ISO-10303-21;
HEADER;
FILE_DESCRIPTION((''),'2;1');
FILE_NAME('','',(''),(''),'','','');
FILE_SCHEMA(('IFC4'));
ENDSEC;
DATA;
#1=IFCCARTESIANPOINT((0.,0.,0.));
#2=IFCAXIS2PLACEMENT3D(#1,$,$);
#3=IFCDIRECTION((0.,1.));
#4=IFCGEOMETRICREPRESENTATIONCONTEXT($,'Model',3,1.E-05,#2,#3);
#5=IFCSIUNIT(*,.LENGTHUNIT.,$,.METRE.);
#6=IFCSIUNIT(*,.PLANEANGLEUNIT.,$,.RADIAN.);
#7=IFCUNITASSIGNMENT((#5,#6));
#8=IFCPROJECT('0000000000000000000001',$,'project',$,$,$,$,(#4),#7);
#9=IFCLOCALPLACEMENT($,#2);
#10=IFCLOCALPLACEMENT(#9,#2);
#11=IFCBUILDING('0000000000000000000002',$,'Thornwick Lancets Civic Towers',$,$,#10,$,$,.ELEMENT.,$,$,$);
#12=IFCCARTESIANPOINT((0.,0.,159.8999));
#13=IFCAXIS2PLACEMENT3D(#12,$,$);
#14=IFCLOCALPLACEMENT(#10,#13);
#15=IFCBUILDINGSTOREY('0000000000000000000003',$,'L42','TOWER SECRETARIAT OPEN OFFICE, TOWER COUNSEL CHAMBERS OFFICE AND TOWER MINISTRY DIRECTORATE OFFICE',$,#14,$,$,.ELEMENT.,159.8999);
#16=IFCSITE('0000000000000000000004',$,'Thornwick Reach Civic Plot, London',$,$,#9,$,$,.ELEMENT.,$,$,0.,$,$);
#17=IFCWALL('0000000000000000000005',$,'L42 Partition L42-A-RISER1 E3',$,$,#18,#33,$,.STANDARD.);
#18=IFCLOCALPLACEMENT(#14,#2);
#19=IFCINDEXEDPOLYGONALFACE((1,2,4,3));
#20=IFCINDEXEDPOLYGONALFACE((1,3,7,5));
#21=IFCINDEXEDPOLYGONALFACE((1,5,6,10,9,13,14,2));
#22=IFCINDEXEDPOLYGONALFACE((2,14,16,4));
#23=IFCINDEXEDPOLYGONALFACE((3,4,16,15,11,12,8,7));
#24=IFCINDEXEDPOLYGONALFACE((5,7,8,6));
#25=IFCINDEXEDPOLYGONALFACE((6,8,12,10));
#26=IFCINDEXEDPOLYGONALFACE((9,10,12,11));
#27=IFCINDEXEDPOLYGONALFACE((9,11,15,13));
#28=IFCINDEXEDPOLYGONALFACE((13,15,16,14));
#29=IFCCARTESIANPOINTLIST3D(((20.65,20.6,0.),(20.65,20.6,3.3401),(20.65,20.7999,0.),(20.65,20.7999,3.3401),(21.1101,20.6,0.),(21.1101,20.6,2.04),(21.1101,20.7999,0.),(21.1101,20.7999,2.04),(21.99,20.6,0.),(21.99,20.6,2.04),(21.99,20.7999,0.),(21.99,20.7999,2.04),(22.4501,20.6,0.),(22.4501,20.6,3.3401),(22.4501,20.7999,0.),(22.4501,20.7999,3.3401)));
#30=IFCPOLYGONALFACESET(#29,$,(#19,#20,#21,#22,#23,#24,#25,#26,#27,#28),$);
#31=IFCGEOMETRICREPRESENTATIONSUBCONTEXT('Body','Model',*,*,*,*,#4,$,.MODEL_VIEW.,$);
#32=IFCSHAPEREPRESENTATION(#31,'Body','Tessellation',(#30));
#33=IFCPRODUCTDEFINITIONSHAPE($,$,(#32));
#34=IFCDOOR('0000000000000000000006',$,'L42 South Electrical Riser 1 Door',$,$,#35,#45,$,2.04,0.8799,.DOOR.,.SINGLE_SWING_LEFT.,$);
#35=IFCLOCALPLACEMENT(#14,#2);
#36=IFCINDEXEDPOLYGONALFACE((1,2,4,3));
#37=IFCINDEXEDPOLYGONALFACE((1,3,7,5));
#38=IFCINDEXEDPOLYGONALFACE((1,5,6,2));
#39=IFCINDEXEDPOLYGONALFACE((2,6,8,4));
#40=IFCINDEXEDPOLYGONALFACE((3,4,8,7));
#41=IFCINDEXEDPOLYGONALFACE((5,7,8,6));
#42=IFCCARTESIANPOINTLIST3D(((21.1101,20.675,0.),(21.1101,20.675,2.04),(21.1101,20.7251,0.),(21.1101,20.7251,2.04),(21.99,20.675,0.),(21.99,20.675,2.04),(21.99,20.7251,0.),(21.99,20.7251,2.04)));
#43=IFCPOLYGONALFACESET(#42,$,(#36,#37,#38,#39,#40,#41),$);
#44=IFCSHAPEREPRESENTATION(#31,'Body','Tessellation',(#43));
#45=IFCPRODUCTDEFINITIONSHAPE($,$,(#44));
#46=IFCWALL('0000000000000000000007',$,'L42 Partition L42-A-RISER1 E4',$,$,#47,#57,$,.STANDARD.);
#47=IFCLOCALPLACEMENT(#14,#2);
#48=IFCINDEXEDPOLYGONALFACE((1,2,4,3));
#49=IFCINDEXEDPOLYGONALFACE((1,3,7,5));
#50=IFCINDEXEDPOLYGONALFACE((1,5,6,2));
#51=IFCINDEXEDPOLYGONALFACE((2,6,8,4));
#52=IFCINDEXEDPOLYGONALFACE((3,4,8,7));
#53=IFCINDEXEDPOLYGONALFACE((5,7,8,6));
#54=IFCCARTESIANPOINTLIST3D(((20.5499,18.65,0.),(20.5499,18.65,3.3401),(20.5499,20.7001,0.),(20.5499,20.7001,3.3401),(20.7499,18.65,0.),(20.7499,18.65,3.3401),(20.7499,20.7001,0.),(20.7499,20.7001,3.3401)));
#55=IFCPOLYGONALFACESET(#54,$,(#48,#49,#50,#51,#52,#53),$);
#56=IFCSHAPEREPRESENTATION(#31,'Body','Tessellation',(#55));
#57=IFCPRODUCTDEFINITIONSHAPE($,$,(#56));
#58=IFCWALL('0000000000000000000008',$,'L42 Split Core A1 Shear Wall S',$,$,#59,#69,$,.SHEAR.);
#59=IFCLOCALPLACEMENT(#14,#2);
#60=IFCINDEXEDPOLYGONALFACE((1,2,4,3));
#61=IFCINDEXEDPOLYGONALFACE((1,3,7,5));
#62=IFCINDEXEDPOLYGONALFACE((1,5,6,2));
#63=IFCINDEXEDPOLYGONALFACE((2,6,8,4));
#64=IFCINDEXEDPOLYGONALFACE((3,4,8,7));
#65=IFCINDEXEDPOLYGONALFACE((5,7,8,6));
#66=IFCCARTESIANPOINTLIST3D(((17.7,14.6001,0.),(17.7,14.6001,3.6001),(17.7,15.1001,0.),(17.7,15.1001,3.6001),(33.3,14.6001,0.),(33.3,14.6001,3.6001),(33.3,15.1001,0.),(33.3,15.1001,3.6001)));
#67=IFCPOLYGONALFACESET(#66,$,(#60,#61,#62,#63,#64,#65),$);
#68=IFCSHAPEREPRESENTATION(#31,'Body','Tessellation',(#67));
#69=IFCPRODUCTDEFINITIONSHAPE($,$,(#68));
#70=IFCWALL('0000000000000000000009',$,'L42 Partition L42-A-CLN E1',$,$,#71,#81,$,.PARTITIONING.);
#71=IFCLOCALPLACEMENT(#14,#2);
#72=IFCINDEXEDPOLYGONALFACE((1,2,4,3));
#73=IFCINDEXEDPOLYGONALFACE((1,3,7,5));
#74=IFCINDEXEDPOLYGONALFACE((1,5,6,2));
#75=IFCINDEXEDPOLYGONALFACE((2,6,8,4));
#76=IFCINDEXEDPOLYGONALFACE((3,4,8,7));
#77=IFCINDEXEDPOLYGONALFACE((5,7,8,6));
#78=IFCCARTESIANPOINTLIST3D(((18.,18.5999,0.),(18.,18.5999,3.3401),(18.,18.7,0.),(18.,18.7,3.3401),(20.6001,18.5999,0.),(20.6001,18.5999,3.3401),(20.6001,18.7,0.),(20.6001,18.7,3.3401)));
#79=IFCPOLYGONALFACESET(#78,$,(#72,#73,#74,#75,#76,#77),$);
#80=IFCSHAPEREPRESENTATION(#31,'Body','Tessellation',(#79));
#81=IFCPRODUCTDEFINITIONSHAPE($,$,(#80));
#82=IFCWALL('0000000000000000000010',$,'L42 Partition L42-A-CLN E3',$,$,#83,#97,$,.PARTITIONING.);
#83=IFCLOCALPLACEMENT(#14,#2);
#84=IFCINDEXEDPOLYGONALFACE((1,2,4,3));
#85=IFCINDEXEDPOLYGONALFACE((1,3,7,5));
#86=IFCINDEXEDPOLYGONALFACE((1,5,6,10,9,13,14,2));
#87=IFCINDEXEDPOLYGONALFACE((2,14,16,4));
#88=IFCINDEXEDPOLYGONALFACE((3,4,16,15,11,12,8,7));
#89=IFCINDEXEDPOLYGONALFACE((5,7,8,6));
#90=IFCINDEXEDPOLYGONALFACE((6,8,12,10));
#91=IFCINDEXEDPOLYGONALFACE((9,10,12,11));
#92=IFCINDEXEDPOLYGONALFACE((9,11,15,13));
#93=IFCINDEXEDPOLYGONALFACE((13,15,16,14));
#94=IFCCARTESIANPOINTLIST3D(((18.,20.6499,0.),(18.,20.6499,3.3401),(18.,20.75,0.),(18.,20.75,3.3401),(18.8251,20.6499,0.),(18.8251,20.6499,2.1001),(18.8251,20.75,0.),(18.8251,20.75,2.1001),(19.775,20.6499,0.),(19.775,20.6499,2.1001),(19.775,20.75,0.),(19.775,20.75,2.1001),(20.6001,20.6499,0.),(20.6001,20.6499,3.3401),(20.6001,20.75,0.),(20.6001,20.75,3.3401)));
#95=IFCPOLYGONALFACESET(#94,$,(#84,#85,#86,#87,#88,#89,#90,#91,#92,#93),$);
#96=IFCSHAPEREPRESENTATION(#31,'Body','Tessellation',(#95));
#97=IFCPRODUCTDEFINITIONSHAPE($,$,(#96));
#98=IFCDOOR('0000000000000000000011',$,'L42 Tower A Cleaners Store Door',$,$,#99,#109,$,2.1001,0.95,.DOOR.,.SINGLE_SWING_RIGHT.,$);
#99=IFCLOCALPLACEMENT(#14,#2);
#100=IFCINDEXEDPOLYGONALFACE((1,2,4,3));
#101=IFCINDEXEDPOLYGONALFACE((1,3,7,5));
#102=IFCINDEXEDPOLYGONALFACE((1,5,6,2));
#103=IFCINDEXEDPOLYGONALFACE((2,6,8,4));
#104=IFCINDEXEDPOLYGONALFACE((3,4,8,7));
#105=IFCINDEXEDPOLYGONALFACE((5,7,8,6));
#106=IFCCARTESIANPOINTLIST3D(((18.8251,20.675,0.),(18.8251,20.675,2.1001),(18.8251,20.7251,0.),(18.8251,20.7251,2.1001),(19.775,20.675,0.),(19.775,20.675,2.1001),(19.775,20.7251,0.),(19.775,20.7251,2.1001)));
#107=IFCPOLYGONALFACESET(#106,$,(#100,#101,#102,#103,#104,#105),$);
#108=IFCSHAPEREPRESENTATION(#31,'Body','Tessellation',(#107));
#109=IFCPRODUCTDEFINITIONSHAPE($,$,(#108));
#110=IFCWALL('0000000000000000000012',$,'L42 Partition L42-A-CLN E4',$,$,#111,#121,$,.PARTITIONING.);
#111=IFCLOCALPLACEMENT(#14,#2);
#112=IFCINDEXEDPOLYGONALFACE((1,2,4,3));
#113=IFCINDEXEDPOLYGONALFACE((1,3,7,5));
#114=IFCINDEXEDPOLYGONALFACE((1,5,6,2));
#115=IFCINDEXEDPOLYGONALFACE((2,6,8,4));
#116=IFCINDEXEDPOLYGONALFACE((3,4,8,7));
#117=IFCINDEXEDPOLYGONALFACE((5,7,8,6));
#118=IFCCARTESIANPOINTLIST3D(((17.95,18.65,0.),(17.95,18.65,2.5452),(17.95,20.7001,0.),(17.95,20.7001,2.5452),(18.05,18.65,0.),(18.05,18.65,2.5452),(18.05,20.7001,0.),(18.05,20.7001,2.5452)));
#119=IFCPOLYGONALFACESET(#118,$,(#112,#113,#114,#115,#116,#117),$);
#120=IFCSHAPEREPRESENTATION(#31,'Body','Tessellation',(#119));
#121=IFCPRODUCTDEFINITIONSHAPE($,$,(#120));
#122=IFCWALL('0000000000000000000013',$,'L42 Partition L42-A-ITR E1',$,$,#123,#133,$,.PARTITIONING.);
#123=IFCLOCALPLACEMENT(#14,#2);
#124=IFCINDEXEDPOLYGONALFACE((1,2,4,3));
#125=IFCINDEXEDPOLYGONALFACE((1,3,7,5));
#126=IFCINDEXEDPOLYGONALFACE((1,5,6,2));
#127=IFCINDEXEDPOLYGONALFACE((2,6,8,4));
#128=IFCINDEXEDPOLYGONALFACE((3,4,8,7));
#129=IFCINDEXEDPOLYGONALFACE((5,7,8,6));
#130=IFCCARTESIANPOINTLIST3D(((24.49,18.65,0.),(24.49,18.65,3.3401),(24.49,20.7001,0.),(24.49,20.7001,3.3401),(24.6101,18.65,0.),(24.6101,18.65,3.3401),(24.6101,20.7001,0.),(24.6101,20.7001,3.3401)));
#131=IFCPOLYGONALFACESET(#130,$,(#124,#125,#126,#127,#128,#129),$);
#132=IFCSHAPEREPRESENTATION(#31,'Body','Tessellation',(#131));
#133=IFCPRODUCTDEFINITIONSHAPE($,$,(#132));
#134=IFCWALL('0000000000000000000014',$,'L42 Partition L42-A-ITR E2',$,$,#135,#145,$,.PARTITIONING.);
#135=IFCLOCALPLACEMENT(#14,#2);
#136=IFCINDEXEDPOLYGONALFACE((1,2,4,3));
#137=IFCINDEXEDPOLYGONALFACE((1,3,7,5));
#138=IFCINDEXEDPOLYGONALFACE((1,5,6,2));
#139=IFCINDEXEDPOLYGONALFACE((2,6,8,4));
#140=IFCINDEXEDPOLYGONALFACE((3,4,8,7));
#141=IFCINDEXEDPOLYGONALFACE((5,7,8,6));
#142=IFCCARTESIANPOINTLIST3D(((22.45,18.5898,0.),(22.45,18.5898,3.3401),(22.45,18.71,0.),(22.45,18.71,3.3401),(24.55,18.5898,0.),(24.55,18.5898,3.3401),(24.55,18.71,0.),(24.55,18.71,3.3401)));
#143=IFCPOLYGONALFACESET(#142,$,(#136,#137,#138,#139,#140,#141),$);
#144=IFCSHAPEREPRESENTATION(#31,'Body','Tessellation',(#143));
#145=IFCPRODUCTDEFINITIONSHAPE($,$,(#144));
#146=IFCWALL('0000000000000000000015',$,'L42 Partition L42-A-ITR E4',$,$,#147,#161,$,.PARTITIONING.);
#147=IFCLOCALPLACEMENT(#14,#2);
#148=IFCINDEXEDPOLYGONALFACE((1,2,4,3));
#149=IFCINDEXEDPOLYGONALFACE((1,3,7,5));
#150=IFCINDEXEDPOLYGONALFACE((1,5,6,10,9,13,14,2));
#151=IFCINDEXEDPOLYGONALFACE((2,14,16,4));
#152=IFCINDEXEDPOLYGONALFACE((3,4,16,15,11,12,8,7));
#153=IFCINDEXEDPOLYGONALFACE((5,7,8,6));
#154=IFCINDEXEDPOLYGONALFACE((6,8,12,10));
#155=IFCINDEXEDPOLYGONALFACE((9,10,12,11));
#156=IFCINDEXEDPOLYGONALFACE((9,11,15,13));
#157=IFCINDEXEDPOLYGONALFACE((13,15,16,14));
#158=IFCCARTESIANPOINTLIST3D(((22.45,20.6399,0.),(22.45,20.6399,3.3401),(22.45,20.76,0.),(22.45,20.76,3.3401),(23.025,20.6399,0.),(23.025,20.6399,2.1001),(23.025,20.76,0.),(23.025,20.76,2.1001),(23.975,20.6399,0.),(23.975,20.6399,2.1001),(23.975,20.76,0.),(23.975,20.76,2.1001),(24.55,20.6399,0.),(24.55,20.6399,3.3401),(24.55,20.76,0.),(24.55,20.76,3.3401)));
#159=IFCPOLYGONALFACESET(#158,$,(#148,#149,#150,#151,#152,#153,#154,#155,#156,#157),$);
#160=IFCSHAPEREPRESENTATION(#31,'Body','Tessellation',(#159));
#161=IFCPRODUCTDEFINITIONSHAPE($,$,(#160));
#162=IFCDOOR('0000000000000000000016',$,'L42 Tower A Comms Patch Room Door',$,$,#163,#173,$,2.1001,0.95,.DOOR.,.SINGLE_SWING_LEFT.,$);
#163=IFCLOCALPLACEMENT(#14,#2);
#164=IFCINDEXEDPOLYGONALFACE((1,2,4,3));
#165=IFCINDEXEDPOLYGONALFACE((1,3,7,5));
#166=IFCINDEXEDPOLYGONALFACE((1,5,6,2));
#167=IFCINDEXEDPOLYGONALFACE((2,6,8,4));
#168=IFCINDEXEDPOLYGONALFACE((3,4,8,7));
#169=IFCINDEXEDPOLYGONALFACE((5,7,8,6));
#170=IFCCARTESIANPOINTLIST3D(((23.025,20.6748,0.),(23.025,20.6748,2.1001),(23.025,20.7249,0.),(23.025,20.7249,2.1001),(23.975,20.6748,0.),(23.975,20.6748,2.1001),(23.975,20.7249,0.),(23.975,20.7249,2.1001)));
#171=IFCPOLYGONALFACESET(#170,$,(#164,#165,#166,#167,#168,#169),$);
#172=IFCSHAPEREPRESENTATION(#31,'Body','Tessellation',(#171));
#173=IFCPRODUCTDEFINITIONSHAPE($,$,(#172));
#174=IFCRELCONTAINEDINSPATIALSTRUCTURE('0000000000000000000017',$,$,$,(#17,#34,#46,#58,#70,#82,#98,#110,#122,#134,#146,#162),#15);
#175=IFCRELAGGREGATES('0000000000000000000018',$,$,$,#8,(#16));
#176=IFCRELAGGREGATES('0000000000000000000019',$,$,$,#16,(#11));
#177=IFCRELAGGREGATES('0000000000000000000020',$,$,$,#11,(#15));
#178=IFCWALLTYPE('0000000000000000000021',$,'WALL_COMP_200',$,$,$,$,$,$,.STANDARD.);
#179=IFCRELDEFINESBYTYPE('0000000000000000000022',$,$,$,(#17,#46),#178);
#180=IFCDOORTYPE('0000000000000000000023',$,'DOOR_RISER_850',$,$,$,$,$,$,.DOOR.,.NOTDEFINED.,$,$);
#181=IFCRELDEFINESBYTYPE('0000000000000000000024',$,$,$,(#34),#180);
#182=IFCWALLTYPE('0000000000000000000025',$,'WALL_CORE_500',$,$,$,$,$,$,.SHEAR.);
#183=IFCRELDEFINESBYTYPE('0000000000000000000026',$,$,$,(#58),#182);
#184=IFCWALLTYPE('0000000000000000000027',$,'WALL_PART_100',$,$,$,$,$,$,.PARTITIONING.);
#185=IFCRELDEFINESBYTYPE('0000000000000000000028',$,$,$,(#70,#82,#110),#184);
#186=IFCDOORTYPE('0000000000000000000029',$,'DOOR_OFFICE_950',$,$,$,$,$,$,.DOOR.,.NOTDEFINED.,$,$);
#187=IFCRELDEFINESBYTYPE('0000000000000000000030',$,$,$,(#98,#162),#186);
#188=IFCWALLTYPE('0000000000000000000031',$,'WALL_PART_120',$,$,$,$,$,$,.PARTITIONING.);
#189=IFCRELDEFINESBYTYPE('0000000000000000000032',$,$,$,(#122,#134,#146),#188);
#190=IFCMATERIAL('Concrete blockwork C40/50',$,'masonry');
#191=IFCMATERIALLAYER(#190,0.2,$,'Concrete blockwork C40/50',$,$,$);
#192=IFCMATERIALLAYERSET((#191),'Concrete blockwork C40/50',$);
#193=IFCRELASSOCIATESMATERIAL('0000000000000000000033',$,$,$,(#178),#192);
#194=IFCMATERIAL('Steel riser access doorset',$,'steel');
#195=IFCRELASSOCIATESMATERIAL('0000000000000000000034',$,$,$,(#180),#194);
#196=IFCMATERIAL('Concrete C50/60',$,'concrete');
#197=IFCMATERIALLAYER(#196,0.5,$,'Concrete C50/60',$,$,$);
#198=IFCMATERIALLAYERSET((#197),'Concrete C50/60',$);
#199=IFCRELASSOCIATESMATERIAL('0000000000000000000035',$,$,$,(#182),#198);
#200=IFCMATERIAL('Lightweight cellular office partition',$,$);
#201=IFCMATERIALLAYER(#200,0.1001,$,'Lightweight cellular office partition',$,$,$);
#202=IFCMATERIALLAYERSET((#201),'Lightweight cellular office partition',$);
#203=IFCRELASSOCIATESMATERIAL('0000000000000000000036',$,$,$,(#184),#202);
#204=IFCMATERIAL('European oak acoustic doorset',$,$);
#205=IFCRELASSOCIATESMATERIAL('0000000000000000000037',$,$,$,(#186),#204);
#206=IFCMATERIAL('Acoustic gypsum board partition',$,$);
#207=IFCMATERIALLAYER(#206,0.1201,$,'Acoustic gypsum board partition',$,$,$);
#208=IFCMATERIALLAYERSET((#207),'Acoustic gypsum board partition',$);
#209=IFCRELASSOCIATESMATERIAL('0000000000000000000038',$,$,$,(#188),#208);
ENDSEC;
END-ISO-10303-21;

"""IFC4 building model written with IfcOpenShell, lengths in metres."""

from ifc_helpers import new_model, si_unit, direction, frame, frame_2d, origin, place, context, subcontext, project, spatial, rectangle, extrude, material, layer, layer_set, type_object, element, fill, save


model = new_model("IFC4")

# Units and contexts
model_context = context("Model", 3, precision=1e-05, world=origin(), true_north=direction((0.0, 1.0)))
body_context = subcontext(model_context, "Body", "Model", "MODEL_VIEW")
ifc_project = project(units=[si_unit("LENGTHUNIT", "METRE"), si_unit("PLANEANGLEUNIT", "RADIAN")], contexts=[model_context])

# Site, building, storey
site_placement = place(None, origin())
site = spatial("IfcSite", under=ifc_project, at=site_placement, Name="Thornwick Reach Civic Plot, London", CompositionType="ELEMENT", RefElevation=0.0)
building_placement = place(site_placement, origin())
building = spatial("IfcBuilding", under=site, at=building_placement, Name="Thornwick Lancets Civic Towers", CompositionType="ELEMENT")
storey_placement = place(building_placement, frame((0.0, 0.0, 159.8999)))
storey = spatial("IfcBuildingStorey", under=building, at=storey_placement, Name="L42", Description="TOWER SECRETARIAT OPEN OFFICE, TOWER COUNSEL CHAMBERS OFFICE AND TOWER MINISTRY DIRECTORATE OFFICE", CompositionType="ELEMENT", Elevation=159.8999)

# Shared definitions
ifc_material_1 = material(Name="Concrete C50/60", Category="concrete")

# Shared definitions
ifc_material_2 = material(Name="Concrete blockwork C40/50", Category="masonry")
ifc_layer_1 = layer(ifc_material_2, 0.2, Name="Concrete blockwork C40/50")
ifc_layer_set_1 = layer_set([ifc_layer_1], Name="Concrete blockwork C40/50")
wall_type_1 = type_object("IfcWallType", Name="WALL_COMP_200", PredefinedType="STANDARD", material=ifc_layer_set_1)

# Wall, opening, door
wall_1_placement = place(storey_placement, frame((22.45, 20.7, 0.0), z_axis=(0.0, 0.0, 1.0), x_axis=(-1.0, 0.0, 0.0)))
wall_1 = element("IfcWall", 1, at=wall_1_placement, inside=storey, type_object=wall_type_1, Name="L42 Partition L42-A-RISER1 E3", PredefinedType="STANDARD", context=body_context, shape_type="SweptSolid", body=[
    extrude(rectangle(XDim=1.8, YDim=0.2, at=frame_2d((0.8999, 0.0))), origin(), (0.0, 0.0, 1.0), 3.3401),
])
opening_1_placement = place(wall_1_placement, frame((0.46, 0.0, 0.0)))
opening_1 = element("IfcOpeningElement", 2, at=opening_1_placement, cuts=wall_1, PredefinedType="OPENING", context=body_context, shape_type="SweptSolid", body=[
    extrude(rectangle(XDim=0.8799, YDim=2.04, at=frame_2d((0.4399, 1.02))), frame((0.0, 0.1099, 0.0), z_axis=(0.0, -1.0, 0.0), x_axis=(1.0, 0.0, 0.0)), (0.0, 0.0, 1.0), 0.22),
])
ifc_material_3 = material(Name="Steel riser access doorset", Category="steel")
door_type_1 = type_object("IfcDoorType", Name="DOOR_RISER_850", OperationType="NOTDEFINED", PredefinedType="DOOR", material=ifc_material_3)
door_1_placement = place(opening_1_placement, origin())
door_1 = element("IfcDoor", 3, at=door_1_placement, inside=storey, type_object=door_type_1, Name="L42 South Electrical Riser 1 Door", OperationType="SINGLE_SWING_LEFT", OverallHeight=2.04, OverallWidth=0.8799, PredefinedType="DOOR", context=body_context, shape_type="SweptSolid", body=[
    extrude(rectangle(XDim=0.8799, YDim=2.04, at=frame_2d((0.4399, 1.02))), frame((0.0, 0.0249, 0.0), z_axis=(0.0, -1.0, 0.0), x_axis=(1.0, 0.0, 0.0)), (0.0, 0.0, 1.0), 0.05),
])
fill(opening_1, door_1)

# Walls
wall_2_placement = place(storey_placement, frame((20.6499, 20.7, 0.0), z_axis=(0.0, 0.0, 1.0), x_axis=(0.0, -1.0, 0.0)))
element("IfcWall", 4, at=wall_2_placement, inside=storey, type_object=wall_type_1, Name="L42 Partition L42-A-RISER1 E4", PredefinedType="STANDARD", context=body_context, shape_type="SweptSolid", body=[
    extrude(rectangle(XDim=2.05, YDim=0.2, at=frame_2d((1.0249, 0.0))), origin(), (0.0, 0.0, 1.0), 3.3401),
])
ifc_layer_2 = layer(ifc_material_1, 0.5, Name="Concrete C50/60")
ifc_layer_set_2 = layer_set([ifc_layer_2], Name="Concrete C50/60")
wall_type_2 = type_object("IfcWallType", Name="WALL_CORE_500", PredefinedType="SHEAR", material=ifc_layer_set_2)
wall_3_placement = place(storey_placement, frame((17.7, 14.8501, 0.0), z_axis=(0.0, 0.0, 1.0), x_axis=(1.0, 0.0, 0.0)))
element("IfcWall", 5, at=wall_3_placement, inside=storey, type_object=wall_type_2, Name="L42 Split Core A1 Shear Wall S", PredefinedType="SHEAR", context=body_context, shape_type="SweptSolid", body=[
    extrude(rectangle(XDim=15.6001, YDim=0.5, at=frame_2d((7.8, 0.0))), origin(), (0.0, 0.0, 1.0), 3.6001),
])
ifc_material_4 = material(Name="Lightweight cellular office partition")
ifc_layer_3 = layer(ifc_material_4, 0.1001, Name="Lightweight cellular office partition")
ifc_layer_set_3 = layer_set([ifc_layer_3], Name="Lightweight cellular office partition")
wall_type_3 = type_object("IfcWallType", Name="WALL_PART_100", PredefinedType="PARTITIONING", material=ifc_layer_set_3)
wall_4_placement = place(storey_placement, frame((18.0, 18.6499, 0.0), z_axis=(0.0, 0.0, 1.0), x_axis=(1.0, 0.0, 0.0)))
element("IfcWall", 6, at=wall_4_placement, inside=storey, type_object=wall_type_3, Name="L42 Partition L42-A-CLN E1", PredefinedType="PARTITIONING", context=body_context, shape_type="SweptSolid", body=[
    extrude(rectangle(XDim=2.6001, YDim=0.1001, at=frame_2d((1.3, 0.0))), origin(), (0.0, 0.0, 1.0), 3.3401),
])

# Wall, opening, door
wall_5_placement = place(storey_placement, frame((20.6001, 20.7, 0.0), z_axis=(0.0, 0.0, 1.0), x_axis=(-1.0, 0.0, 0.0)))
wall_5 = element("IfcWall", 7, at=wall_5_placement, inside=storey, type_object=wall_type_3, Name="L42 Partition L42-A-CLN E3", PredefinedType="PARTITIONING", context=body_context, shape_type="SweptSolid", body=[
    extrude(rectangle(XDim=2.6001, YDim=0.1001, at=frame_2d((1.3, 0.0))), origin(), (0.0, 0.0, 1.0), 3.3401),
])
opening_2_placement = place(wall_5_placement, frame((0.825, 0.0, 0.0)))
opening_2 = element("IfcOpeningElement", 8, at=opening_2_placement, cuts=wall_5, PredefinedType="OPENING", context=body_context, shape_type="SweptSolid", body=[
    extrude(rectangle(XDim=0.95, YDim=2.1001, at=frame_2d((0.4751, 1.05))), frame((0.0, 0.0601, 0.0), z_axis=(0.0, -1.0, 0.0), x_axis=(1.0, 0.0, 0.0)), (0.0, 0.0, 1.0), 0.1201),
])
ifc_material_5 = material(Name="European oak acoustic doorset")
door_type_2 = type_object("IfcDoorType", Name="DOOR_OFFICE_950", OperationType="NOTDEFINED", PredefinedType="DOOR", material=ifc_material_5)
door_2_placement = place(opening_2_placement, origin())
door_2 = element("IfcDoor", 9, at=door_2_placement, inside=storey, type_object=door_type_2, Name="L42 Tower A Cleaners Store Door", OperationType="SINGLE_SWING_RIGHT", OverallHeight=2.1001, OverallWidth=0.95, PredefinedType="DOOR", context=body_context, shape_type="SweptSolid", body=[
    extrude(rectangle(XDim=0.95, YDim=2.1001, at=frame_2d((0.4751, 1.05))), frame((0.0, 0.0249, 0.0), z_axis=(0.0, -1.0, 0.0), x_axis=(1.0, 0.0, 0.0)), (0.0, 0.0, 1.0), 0.05),
])
fill(opening_2, door_2)

# Walls
wall_6_placement = place(storey_placement, frame((18.0, 20.7, 0.0), z_axis=(0.0, 0.0, 1.0), x_axis=(0.0, -1.0, 0.0)))
element("IfcWall", 10, at=wall_6_placement, inside=storey, type_object=wall_type_3, Name="L42 Partition L42-A-CLN E4", PredefinedType="PARTITIONING", context=body_context, shape_type="SweptSolid", body=[
    extrude(rectangle(XDim=2.05, YDim=0.1001, at=frame_2d((1.0249, 0.0))), origin(), (0.0, 0.0, 1.0), 2.5452),
])
ifc_material_6 = material(Name="Acoustic gypsum board partition")
ifc_layer_4 = layer(ifc_material_6, 0.1201, Name="Acoustic gypsum board partition")
ifc_layer_set_4 = layer_set([ifc_layer_4], Name="Acoustic gypsum board partition")
wall_type_4 = type_object("IfcWallType", Name="WALL_PART_120", PredefinedType="PARTITIONING", material=ifc_layer_set_4)
wall_7_placement = place(storey_placement, frame((24.55, 20.7, 0.0), z_axis=(0.0, 0.0, 1.0), x_axis=(0.0, -1.0, 0.0)))
element("IfcWall", 11, at=wall_7_placement, inside=storey, type_object=wall_type_4, Name="L42 Partition L42-A-ITR E1", PredefinedType="PARTITIONING", context=body_context, shape_type="SweptSolid", body=[
    extrude(rectangle(XDim=2.05, YDim=0.1201, at=frame_2d((1.0249, 0.0))), origin(), (0.0, 0.0, 1.0), 3.3401),
])
wall_8_placement = place(storey_placement, frame((24.55, 18.6499, 0.0), z_axis=(0.0, 0.0, 1.0), x_axis=(-1.0, 0.0, 0.0)))
element("IfcWall", 12, at=wall_8_placement, inside=storey, type_object=wall_type_4, Name="L42 Partition L42-A-ITR E2", PredefinedType="PARTITIONING", context=body_context, shape_type="SweptSolid", body=[
    extrude(rectangle(XDim=2.1001, YDim=0.1201, at=frame_2d((1.05, 0.0))), origin(), (0.0, 0.0, 1.0), 3.3401),
])

# Wall, opening, door
wall_9_placement = place(storey_placement, frame((22.45, 20.7, 0.0), z_axis=(0.0, 0.0, 1.0), x_axis=(1.0, 0.0, 0.0)))
wall_9 = element("IfcWall", 13, at=wall_9_placement, inside=storey, type_object=wall_type_4, Name="L42 Partition L42-A-ITR E4", PredefinedType="PARTITIONING", context=body_context, shape_type="SweptSolid", body=[
    extrude(rectangle(XDim=2.1001, YDim=0.1201, at=frame_2d((1.05, 0.0))), origin(), (0.0, 0.0, 1.0), 3.3401),
])
opening_3_placement = place(wall_9_placement, frame((0.575, 0.0, 0.0)))
opening_3 = element("IfcOpeningElement", 14, at=opening_3_placement, cuts=wall_9, PredefinedType="OPENING", context=body_context, shape_type="SweptSolid", body=[
    extrude(rectangle(XDim=0.95, YDim=2.1001, at=frame_2d((0.4751, 1.05))), frame((0.0, 0.0701, 0.0), z_axis=(0.0, -1.0, 0.0), x_axis=(1.0, 0.0, 0.0)), (0.0, 0.0, 1.0), 0.1401),
])
door_3_placement = place(opening_3_placement, origin())
door_3 = element("IfcDoor", 15, at=door_3_placement, inside=storey, type_object=door_type_2, Name="L42 Tower A Comms Patch Room Door", OperationType="SINGLE_SWING_LEFT", OverallHeight=2.1001, OverallWidth=0.95, PredefinedType="DOOR", context=body_context, shape_type="SweptSolid", body=[
    extrude(rectangle(XDim=0.95, YDim=2.1001, at=frame_2d((0.4751, 1.05))), frame((0.0, 0.0249, 0.0), z_axis=(0.0, -1.0, 0.0), x_axis=(1.0, 0.0, 0.0)), (0.0, 0.0, 1.0), 0.05),
])
fill(opening_3, door_3)

save(model, "model.ifc")
